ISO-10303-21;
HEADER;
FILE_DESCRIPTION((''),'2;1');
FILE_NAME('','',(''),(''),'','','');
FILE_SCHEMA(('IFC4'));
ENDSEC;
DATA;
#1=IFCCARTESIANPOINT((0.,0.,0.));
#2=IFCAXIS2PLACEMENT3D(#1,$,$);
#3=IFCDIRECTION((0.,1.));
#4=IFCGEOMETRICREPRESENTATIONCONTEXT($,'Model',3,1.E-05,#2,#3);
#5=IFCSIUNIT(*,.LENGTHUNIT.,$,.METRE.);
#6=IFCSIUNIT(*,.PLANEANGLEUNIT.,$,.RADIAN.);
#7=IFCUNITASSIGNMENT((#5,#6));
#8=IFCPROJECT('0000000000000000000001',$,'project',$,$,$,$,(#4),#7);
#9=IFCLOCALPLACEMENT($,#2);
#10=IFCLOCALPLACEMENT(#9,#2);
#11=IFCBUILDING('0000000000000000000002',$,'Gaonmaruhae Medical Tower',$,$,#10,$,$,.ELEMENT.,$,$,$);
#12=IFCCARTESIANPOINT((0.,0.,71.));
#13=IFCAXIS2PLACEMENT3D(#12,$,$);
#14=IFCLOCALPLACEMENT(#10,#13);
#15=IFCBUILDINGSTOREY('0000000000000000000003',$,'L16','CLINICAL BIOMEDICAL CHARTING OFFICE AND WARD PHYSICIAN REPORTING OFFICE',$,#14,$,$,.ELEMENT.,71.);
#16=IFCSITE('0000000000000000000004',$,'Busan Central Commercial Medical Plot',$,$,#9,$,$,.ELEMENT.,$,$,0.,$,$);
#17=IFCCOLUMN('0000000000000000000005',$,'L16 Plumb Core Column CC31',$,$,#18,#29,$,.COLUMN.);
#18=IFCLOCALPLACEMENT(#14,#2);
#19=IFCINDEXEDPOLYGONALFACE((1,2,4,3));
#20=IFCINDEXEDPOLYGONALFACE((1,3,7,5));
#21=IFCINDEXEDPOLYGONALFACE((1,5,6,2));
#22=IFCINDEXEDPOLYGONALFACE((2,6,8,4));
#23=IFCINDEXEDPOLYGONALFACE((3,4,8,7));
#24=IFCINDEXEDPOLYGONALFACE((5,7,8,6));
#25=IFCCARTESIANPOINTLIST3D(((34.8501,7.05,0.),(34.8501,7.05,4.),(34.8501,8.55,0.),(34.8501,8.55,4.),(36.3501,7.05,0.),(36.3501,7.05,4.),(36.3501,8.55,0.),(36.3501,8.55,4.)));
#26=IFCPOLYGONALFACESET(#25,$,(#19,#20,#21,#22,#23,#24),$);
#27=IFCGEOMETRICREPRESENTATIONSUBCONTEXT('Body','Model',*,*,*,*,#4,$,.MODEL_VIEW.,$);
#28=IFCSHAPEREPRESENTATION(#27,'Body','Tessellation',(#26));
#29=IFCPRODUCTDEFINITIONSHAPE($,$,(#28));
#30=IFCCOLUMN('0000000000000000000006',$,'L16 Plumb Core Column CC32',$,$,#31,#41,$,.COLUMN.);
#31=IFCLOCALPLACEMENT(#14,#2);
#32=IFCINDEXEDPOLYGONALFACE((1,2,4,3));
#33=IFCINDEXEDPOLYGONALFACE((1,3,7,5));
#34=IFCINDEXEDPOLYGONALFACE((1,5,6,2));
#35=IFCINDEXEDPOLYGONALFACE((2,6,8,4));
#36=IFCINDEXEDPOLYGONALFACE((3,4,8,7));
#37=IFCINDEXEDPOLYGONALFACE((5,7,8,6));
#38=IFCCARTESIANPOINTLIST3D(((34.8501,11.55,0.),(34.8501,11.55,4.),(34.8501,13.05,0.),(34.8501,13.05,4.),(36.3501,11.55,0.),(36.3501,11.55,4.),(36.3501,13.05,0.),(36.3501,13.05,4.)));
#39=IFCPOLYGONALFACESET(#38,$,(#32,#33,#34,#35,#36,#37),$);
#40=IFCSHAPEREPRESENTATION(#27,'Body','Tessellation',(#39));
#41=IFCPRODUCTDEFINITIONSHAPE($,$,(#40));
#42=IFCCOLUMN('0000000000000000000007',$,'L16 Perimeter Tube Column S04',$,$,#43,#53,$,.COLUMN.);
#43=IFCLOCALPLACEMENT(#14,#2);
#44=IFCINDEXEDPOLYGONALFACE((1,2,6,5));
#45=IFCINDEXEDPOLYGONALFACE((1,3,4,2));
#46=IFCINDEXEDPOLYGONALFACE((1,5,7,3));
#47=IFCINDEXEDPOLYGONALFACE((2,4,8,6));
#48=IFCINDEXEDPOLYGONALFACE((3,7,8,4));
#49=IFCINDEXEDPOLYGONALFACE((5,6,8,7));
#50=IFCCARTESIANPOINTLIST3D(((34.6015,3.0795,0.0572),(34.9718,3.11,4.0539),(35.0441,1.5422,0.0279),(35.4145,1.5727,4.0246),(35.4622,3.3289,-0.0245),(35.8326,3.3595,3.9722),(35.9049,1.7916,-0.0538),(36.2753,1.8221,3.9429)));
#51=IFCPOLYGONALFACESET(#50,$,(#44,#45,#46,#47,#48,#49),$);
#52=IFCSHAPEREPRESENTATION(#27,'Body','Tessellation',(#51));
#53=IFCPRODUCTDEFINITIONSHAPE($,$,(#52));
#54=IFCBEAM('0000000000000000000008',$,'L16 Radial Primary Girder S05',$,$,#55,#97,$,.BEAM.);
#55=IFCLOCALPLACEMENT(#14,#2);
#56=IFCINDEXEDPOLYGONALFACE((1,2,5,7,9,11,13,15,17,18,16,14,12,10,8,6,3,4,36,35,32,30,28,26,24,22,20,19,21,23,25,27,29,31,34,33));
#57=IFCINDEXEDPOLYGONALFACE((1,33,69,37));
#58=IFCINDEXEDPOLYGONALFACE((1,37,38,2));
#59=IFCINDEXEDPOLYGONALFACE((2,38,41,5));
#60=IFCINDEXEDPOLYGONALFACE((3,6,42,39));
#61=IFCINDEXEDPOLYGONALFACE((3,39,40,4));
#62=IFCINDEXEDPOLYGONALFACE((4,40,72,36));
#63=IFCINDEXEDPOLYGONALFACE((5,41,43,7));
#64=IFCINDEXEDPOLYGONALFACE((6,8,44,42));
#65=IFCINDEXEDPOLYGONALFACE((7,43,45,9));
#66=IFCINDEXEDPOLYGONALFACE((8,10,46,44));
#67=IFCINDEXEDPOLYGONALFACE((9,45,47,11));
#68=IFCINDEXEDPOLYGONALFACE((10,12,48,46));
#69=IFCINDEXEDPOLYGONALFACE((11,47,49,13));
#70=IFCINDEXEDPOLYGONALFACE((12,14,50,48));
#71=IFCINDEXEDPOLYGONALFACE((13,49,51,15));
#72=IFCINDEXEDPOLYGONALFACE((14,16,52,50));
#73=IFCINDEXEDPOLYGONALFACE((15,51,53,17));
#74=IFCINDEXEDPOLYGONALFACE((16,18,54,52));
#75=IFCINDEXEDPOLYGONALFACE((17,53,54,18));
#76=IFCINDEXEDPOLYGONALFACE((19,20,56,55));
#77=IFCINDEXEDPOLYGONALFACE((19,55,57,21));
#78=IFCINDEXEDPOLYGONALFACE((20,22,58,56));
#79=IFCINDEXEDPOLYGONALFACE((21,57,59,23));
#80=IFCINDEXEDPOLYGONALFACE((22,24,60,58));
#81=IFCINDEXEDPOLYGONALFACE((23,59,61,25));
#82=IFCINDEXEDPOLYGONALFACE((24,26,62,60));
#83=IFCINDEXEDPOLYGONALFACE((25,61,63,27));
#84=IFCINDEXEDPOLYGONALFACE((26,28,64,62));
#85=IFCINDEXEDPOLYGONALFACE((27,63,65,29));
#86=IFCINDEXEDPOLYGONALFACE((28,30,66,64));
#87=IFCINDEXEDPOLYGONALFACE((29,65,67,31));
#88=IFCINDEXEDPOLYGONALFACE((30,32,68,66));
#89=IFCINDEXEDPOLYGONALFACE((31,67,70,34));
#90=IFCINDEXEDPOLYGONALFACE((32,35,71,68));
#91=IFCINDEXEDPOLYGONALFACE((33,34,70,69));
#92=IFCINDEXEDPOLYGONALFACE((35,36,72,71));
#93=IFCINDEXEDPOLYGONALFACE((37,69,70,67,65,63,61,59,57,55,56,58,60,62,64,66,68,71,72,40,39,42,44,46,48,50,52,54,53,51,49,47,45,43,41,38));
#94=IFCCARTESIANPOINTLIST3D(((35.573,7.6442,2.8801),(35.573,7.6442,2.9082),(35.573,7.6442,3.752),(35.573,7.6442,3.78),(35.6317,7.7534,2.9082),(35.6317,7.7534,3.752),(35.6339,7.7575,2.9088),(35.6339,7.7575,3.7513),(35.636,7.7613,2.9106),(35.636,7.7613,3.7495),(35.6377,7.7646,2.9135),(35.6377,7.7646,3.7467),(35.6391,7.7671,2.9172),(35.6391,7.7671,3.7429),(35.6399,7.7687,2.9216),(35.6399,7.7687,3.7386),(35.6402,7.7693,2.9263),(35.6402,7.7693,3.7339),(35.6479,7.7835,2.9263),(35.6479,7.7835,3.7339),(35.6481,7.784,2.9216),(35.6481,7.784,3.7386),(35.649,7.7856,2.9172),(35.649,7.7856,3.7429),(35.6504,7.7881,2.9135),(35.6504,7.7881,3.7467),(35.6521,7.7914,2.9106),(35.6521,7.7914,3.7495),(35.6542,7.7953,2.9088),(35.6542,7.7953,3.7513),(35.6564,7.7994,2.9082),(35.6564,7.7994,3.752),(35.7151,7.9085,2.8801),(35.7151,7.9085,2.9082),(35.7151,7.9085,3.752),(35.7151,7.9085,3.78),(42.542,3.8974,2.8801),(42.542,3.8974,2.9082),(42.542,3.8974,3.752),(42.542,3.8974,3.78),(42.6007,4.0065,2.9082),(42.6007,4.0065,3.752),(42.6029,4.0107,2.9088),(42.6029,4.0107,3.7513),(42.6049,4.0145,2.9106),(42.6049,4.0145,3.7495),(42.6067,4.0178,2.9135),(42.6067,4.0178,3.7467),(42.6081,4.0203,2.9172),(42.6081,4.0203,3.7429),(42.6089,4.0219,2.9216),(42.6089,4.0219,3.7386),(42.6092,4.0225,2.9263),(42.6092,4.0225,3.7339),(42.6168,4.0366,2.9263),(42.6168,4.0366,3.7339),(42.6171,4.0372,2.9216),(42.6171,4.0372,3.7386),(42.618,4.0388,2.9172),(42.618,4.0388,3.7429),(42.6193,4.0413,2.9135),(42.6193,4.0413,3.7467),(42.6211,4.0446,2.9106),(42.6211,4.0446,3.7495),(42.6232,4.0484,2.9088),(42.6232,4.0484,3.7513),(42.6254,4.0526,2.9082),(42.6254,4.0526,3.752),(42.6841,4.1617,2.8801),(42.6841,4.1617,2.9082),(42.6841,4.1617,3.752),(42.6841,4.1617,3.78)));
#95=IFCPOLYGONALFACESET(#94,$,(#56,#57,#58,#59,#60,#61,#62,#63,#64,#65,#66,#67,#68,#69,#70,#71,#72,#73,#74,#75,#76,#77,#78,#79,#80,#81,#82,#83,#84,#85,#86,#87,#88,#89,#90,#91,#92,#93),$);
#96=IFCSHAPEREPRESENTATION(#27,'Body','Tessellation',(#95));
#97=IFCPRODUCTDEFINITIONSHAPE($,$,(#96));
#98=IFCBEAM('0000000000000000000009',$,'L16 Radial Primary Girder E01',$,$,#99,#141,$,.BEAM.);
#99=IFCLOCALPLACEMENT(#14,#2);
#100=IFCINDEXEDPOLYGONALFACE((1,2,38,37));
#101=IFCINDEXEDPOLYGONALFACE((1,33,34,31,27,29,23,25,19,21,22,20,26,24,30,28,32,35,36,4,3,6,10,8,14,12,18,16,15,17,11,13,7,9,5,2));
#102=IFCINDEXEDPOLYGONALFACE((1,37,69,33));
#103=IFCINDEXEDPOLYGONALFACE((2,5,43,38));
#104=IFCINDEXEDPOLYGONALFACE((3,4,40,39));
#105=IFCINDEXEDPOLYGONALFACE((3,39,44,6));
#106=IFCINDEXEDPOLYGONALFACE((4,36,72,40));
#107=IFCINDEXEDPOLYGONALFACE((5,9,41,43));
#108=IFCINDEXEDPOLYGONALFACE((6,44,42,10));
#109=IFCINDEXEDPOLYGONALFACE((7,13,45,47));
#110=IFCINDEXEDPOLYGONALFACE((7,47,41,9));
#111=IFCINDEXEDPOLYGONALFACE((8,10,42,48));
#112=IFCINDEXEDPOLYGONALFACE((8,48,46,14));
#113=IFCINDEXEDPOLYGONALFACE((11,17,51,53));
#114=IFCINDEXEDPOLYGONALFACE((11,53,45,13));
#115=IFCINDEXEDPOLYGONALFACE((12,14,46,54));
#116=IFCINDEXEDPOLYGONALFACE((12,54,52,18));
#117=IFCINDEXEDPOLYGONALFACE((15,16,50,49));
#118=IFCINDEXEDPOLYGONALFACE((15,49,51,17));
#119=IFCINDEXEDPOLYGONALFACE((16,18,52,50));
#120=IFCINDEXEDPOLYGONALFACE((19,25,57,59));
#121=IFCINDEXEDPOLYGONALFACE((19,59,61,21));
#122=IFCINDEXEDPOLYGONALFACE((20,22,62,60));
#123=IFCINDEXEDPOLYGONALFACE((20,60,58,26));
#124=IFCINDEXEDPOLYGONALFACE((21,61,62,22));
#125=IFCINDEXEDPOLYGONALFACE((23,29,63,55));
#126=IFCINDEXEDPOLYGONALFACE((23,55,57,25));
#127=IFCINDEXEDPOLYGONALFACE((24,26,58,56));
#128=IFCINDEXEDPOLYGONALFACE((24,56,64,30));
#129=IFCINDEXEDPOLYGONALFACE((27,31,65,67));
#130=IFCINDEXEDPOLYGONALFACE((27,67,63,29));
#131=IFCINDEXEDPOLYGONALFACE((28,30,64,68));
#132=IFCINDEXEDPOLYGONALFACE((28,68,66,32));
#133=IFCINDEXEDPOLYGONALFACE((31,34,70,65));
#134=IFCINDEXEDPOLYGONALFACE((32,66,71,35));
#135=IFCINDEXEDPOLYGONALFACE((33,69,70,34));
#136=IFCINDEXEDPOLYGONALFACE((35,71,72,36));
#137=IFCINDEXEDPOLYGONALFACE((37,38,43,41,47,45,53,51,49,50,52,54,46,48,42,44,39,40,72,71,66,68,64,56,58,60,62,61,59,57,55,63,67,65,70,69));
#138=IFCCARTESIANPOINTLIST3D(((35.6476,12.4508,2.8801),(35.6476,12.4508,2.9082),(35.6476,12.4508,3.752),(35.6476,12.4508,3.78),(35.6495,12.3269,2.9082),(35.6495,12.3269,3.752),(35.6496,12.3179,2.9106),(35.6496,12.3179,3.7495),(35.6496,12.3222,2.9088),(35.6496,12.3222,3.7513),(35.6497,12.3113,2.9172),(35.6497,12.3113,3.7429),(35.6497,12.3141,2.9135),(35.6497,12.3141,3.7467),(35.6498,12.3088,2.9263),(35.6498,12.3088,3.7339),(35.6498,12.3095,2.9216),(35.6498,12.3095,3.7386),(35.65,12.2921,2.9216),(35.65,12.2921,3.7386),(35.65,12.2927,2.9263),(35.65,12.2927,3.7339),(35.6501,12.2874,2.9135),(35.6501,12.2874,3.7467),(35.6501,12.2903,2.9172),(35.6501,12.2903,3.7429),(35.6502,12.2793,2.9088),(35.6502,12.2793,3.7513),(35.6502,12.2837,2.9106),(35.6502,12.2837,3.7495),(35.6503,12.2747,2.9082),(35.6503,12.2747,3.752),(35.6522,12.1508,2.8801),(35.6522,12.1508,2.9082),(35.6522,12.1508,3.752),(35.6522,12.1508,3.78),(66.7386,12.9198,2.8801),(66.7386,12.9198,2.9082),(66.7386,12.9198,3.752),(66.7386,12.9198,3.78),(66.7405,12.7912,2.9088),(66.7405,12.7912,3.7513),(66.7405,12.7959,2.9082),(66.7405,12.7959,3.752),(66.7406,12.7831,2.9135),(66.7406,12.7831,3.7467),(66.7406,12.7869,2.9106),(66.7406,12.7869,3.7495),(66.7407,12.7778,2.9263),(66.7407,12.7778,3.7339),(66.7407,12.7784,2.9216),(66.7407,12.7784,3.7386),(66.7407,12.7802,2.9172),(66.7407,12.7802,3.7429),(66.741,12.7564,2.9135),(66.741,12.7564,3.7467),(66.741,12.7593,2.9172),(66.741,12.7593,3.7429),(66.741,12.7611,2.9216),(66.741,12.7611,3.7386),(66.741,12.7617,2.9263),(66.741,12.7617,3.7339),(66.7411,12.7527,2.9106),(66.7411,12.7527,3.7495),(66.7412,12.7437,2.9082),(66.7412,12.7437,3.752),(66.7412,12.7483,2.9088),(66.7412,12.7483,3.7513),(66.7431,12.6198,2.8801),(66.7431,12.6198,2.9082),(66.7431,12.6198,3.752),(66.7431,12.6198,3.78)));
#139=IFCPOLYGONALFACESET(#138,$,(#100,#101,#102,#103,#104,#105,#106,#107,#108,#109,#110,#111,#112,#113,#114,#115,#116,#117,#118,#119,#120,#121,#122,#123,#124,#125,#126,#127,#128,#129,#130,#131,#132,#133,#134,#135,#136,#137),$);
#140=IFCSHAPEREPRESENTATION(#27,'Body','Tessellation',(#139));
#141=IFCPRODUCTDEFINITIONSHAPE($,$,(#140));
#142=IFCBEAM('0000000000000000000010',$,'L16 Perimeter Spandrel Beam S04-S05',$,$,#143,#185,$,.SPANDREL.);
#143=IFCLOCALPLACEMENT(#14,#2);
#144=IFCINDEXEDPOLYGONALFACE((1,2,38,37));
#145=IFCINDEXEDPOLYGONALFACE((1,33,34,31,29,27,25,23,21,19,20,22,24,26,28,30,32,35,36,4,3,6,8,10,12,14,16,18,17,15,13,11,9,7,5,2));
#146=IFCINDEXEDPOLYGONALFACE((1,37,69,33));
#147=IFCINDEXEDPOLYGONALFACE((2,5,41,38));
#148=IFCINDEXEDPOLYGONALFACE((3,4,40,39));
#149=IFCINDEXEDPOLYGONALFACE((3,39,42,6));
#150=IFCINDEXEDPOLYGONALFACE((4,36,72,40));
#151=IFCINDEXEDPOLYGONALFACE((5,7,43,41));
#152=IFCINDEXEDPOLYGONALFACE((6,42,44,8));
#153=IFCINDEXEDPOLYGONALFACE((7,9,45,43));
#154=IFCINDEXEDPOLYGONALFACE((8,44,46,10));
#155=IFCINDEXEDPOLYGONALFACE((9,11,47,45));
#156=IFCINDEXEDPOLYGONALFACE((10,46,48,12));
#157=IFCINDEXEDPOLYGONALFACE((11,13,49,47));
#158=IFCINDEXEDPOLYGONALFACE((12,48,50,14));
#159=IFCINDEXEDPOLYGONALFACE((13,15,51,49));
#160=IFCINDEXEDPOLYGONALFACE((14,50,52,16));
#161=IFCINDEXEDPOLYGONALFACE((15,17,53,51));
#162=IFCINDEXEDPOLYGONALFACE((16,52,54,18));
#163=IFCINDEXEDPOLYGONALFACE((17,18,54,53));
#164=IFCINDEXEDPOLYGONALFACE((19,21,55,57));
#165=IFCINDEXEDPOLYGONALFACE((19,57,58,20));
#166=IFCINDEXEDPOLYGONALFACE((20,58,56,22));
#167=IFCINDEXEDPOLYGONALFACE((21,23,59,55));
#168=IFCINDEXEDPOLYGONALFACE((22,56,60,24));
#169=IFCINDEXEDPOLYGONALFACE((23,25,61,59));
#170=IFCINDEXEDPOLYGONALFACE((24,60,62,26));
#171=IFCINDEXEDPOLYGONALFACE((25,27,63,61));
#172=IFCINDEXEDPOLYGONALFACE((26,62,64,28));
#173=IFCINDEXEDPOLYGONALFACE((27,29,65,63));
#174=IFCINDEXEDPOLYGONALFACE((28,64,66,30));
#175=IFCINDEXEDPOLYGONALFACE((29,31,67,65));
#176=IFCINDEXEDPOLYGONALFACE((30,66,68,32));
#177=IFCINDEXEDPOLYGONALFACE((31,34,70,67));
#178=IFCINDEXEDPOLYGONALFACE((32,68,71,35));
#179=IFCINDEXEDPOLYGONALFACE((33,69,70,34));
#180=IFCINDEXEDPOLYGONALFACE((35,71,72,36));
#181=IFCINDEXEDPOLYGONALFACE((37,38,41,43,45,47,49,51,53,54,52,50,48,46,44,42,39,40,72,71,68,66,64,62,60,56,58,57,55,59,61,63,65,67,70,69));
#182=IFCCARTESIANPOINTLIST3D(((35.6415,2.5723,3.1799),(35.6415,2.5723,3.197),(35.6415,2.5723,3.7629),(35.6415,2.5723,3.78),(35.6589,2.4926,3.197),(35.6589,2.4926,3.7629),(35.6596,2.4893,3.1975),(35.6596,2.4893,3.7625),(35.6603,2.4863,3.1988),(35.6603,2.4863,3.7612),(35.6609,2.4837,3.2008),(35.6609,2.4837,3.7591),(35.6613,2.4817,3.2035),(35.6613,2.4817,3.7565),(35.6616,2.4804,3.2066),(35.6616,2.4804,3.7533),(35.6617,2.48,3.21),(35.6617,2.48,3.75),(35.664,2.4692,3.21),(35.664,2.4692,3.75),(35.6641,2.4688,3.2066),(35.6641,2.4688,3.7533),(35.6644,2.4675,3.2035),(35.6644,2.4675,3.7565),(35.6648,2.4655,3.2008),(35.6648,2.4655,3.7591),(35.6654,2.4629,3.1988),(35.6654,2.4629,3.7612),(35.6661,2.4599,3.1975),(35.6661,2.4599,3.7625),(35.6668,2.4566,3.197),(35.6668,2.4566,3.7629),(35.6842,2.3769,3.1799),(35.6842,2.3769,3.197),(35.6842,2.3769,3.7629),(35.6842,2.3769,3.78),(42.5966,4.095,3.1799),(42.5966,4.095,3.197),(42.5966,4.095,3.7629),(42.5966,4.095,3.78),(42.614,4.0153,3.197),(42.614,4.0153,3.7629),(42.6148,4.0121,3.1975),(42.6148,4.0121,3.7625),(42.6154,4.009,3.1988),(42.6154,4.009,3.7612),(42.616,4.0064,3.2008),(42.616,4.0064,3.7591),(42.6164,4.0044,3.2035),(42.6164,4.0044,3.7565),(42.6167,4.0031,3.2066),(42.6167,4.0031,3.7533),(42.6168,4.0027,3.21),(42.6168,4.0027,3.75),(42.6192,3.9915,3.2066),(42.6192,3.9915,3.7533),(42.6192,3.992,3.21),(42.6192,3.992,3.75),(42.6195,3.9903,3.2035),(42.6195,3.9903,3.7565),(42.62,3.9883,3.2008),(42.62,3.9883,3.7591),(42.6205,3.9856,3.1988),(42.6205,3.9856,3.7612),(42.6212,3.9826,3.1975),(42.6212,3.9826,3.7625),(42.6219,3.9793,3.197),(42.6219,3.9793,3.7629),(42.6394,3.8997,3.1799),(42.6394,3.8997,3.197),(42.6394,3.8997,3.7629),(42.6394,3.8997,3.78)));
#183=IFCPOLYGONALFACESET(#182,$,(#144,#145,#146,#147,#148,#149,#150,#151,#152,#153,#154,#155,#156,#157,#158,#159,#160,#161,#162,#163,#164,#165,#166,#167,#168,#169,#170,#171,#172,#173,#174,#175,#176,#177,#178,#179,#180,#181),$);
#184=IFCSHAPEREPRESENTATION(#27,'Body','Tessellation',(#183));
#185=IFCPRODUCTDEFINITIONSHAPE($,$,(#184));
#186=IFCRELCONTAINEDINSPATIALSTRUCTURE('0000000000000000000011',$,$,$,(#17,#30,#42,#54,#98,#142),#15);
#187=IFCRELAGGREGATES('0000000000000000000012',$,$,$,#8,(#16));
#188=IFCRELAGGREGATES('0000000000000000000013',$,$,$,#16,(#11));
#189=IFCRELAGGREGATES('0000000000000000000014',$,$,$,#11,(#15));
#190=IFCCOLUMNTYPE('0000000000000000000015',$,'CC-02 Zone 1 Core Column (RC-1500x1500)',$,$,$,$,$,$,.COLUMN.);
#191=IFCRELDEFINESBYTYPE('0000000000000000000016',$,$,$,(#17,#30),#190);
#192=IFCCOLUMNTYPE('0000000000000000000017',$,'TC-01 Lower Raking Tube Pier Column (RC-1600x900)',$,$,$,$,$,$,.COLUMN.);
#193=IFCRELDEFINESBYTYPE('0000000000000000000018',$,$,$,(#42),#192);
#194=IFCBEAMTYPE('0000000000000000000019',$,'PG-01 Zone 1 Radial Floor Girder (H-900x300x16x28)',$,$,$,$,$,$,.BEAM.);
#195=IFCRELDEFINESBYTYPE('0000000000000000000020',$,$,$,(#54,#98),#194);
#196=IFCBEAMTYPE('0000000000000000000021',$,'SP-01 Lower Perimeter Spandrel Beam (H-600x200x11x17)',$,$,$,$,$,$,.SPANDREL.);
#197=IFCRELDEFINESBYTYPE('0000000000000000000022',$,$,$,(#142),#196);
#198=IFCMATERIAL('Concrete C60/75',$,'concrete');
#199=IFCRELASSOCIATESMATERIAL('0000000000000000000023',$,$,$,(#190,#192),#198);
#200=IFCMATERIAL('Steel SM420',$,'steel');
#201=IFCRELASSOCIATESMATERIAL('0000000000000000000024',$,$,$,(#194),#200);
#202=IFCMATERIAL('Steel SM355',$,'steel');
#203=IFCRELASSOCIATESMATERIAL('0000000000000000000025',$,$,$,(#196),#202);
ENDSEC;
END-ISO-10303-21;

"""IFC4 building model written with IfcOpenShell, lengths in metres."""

from ifc_helpers import new_model, si_unit, direction, frame, origin, origin_2d, place, context, subcontext, project, spatial, rectangle, i_section, extrude, material, material_profile, profile_set, type_object, element, save


model = new_model("IFC4")

# Units and contexts
model_context = context("Model", 3, precision=1e-05, world=origin(), true_north=direction((0.0, 1.0)))
body_context = subcontext(model_context, "Body", "Model", "MODEL_VIEW")
ifc_project = project(units=[si_unit("LENGTHUNIT", "METRE"), si_unit("PLANEANGLEUNIT", "RADIAN")], contexts=[model_context])

# Site, building, storey
site_placement = place(None, origin())
site = spatial("IfcSite", under=ifc_project, at=site_placement, Name="Busan Central Commercial Medical Plot", CompositionType="ELEMENT", RefElevation=0.0)
building_placement = place(site_placement, origin())
building = spatial("IfcBuilding", under=site, at=building_placement, Name="Gaonmaruhae Medical Tower", CompositionType="ELEMENT")
storey_placement = place(building_placement, frame((0.0, 0.0, 71.0)))
storey = spatial("IfcBuildingStorey", under=building, at=storey_placement, Name="L16", Description="CLINICAL BIOMEDICAL CHARTING OFFICE AND WARD PHYSICIAN REPORTING OFFICE", CompositionType="ELEMENT", Elevation=71.0)

# Columns
ifc_material_1 = material(Name="Concrete C60/75", Category="concrete")
ifc_material_profile_1 = material_profile(ifc_material_1, rectangle(XDim=1.5, YDim=1.5, at=origin_2d()), Name="RC-1500x1500")
ifc_profile_set_1 = profile_set([ifc_material_profile_1], Name="Concrete C60/75")
column_type_1 = type_object("IfcColumnType", Name="CC-02 Zone 1 Core Column (RC-1500x1500)", PredefinedType="COLUMN", material=ifc_profile_set_1)
for number, where, z_axis, x_axis, name in (
    (1, (35.6001, 7.8, 0.0), (0.0, 0.0, 1.0), (1.0, 0.0, 0.0), "L16 Plumb Core Column CC31"),
    (2, (35.6001, 12.3, 0.0), (0.0, 0.0, 1.0), (1.0, 0.0, 0.0), "L16 Plumb Core Column CC32"),
):
    element("IfcColumn", number, at=place(storey_placement, frame(where, z_axis=z_axis, x_axis=x_axis)), inside=storey, type_object=column_type_1, Name=name, PredefinedType="COLUMN", context=body_context, shape_type="SweptSolid", body=[
        extrude(rectangle(XDim=1.5, YDim=1.5, at=origin_2d()), origin(), (0.0, 0.0, 1.0), 4.0),
    ])
ifc_material_profile_2 = material_profile(ifc_material_1, rectangle(XDim=1.6001, YDim=0.8999, at=origin_2d()), Name="RC-1600x900")
ifc_profile_set_2 = profile_set([ifc_material_profile_2], Name="Concrete C60/75")
column_type_2 = type_object("IfcColumnType", Name="TC-01 Lower Raking Tube Pier Column (RC-1600x900)", PredefinedType="COLUMN", material=ifc_profile_set_2)
column_placement = place(storey_placement, frame((35.2532, 2.4355, 0.0017), z_axis=(0.092271, 0.007603, 0.995705), x_axis=(-0.276645, 0.960798, 0.0183)))
element("IfcColumn", 3, at=column_placement, inside=storey, type_object=column_type_2, Name="L16 Perimeter Tube Column S04", PredefinedType="COLUMN", context=body_context, shape_type="SweptSolid", body=[
    extrude(rectangle(XDim=1.6001, YDim=0.8999, at=origin_2d()), origin(), (0.0, 0.0, 1.0), 4.0139),
])

# Beams
ifc_material_2 = material(Name="Steel SM420", Category="steel")
ifc_material_profile_3 = material_profile(ifc_material_2, i_section(OverallWidth=0.3, OverallDepth=0.8999, WebThickness=0.0161, FlangeThickness=0.0281, FilletRadius=0.0181, at=origin_2d()), Name="H-900x300x16x28")
ifc_profile_set_3 = profile_set([ifc_material_profile_3], Name="Steel SM420")
beam_type_1 = type_object("IfcBeamType", Name="PG-01 Zone 1 Radial Floor Girder (H-900x300x16x28)", PredefinedType="BEAM", material=ifc_profile_set_3)
beam_1_placement = place(storey_placement, frame((35.644, 7.7764, 3.3301), z_axis=(0.880772, -0.47354, 0.0), x_axis=(0.47354, 0.880772, 0.0)))
element("IfcBeam", 4, at=beam_1_placement, inside=storey, type_object=beam_type_1, Name="L16 Radial Primary Girder S05", PredefinedType="BEAM", context=body_context, shape_type="SweptSolid", body=[
    extrude(i_section(OverallWidth=0.3, OverallDepth=0.8999, WebThickness=0.0161, FlangeThickness=0.0281, FilletRadius=0.0181, at=origin_2d()), origin(), (0.0, 0.0, 1.0), 7.9124),
])
beam_2_placement = place(storey_placement, frame((35.6499, 12.3008, 3.3301), z_axis=(0.999886, 0.015083, 0.0), x_axis=(-0.015083, 0.999886, 0.0)))
element("IfcBeam", 5, at=beam_2_placement, inside=storey, type_object=beam_type_1, Name="L16 Radial Primary Girder E01", PredefinedType="BEAM", context=body_context, shape_type="SweptSolid", body=[
    extrude(i_section(OverallWidth=0.3, OverallDepth=0.8999, WebThickness=0.0161, FlangeThickness=0.0281, FilletRadius=0.0181, at=origin_2d()), origin(), (0.0, 0.0, 1.0), 31.0945),
])
ifc_material_3 = material(Name="Steel SM355", Category="steel")
ifc_material_profile_4 = material_profile(ifc_material_3, i_section(OverallWidth=0.2, OverallDepth=0.6001, WebThickness=0.011, FlangeThickness=0.0171, FilletRadius=0.0129, at=origin_2d()), Name="H-600x200x11x17")
ifc_profile_set_4 = profile_set([ifc_material_profile_4], Name="Steel SM355")
beam_type_2 = type_object("IfcBeamType", Name="SP-01 Lower Perimeter Spandrel Beam (H-600x200x11x17)", PredefinedType="SPANDREL", material=ifc_profile_set_4)
beam_3_placement = place(storey_placement, frame((35.6628, 2.4746, 3.48), z_axis=(0.976862, 0.213869, 0.0), x_axis=(-0.213869, 0.976862, 0.0)))
element("IfcBeam", 6, at=beam_3_placement, inside=storey, type_object=beam_type_2, Name="L16 Perimeter Spandrel Beam S04-S05", PredefinedType="SPANDREL", context=body_context, shape_type="SweptSolid", body=[
    extrude(i_section(OverallWidth=0.2, OverallDepth=0.6001, WebThickness=0.011, FlangeThickness=0.0171, FilletRadius=0.0129, at=origin_2d()), origin(), (0.0, 0.0, 1.0), 7.1199),
])

save(model, "model.ifc")
